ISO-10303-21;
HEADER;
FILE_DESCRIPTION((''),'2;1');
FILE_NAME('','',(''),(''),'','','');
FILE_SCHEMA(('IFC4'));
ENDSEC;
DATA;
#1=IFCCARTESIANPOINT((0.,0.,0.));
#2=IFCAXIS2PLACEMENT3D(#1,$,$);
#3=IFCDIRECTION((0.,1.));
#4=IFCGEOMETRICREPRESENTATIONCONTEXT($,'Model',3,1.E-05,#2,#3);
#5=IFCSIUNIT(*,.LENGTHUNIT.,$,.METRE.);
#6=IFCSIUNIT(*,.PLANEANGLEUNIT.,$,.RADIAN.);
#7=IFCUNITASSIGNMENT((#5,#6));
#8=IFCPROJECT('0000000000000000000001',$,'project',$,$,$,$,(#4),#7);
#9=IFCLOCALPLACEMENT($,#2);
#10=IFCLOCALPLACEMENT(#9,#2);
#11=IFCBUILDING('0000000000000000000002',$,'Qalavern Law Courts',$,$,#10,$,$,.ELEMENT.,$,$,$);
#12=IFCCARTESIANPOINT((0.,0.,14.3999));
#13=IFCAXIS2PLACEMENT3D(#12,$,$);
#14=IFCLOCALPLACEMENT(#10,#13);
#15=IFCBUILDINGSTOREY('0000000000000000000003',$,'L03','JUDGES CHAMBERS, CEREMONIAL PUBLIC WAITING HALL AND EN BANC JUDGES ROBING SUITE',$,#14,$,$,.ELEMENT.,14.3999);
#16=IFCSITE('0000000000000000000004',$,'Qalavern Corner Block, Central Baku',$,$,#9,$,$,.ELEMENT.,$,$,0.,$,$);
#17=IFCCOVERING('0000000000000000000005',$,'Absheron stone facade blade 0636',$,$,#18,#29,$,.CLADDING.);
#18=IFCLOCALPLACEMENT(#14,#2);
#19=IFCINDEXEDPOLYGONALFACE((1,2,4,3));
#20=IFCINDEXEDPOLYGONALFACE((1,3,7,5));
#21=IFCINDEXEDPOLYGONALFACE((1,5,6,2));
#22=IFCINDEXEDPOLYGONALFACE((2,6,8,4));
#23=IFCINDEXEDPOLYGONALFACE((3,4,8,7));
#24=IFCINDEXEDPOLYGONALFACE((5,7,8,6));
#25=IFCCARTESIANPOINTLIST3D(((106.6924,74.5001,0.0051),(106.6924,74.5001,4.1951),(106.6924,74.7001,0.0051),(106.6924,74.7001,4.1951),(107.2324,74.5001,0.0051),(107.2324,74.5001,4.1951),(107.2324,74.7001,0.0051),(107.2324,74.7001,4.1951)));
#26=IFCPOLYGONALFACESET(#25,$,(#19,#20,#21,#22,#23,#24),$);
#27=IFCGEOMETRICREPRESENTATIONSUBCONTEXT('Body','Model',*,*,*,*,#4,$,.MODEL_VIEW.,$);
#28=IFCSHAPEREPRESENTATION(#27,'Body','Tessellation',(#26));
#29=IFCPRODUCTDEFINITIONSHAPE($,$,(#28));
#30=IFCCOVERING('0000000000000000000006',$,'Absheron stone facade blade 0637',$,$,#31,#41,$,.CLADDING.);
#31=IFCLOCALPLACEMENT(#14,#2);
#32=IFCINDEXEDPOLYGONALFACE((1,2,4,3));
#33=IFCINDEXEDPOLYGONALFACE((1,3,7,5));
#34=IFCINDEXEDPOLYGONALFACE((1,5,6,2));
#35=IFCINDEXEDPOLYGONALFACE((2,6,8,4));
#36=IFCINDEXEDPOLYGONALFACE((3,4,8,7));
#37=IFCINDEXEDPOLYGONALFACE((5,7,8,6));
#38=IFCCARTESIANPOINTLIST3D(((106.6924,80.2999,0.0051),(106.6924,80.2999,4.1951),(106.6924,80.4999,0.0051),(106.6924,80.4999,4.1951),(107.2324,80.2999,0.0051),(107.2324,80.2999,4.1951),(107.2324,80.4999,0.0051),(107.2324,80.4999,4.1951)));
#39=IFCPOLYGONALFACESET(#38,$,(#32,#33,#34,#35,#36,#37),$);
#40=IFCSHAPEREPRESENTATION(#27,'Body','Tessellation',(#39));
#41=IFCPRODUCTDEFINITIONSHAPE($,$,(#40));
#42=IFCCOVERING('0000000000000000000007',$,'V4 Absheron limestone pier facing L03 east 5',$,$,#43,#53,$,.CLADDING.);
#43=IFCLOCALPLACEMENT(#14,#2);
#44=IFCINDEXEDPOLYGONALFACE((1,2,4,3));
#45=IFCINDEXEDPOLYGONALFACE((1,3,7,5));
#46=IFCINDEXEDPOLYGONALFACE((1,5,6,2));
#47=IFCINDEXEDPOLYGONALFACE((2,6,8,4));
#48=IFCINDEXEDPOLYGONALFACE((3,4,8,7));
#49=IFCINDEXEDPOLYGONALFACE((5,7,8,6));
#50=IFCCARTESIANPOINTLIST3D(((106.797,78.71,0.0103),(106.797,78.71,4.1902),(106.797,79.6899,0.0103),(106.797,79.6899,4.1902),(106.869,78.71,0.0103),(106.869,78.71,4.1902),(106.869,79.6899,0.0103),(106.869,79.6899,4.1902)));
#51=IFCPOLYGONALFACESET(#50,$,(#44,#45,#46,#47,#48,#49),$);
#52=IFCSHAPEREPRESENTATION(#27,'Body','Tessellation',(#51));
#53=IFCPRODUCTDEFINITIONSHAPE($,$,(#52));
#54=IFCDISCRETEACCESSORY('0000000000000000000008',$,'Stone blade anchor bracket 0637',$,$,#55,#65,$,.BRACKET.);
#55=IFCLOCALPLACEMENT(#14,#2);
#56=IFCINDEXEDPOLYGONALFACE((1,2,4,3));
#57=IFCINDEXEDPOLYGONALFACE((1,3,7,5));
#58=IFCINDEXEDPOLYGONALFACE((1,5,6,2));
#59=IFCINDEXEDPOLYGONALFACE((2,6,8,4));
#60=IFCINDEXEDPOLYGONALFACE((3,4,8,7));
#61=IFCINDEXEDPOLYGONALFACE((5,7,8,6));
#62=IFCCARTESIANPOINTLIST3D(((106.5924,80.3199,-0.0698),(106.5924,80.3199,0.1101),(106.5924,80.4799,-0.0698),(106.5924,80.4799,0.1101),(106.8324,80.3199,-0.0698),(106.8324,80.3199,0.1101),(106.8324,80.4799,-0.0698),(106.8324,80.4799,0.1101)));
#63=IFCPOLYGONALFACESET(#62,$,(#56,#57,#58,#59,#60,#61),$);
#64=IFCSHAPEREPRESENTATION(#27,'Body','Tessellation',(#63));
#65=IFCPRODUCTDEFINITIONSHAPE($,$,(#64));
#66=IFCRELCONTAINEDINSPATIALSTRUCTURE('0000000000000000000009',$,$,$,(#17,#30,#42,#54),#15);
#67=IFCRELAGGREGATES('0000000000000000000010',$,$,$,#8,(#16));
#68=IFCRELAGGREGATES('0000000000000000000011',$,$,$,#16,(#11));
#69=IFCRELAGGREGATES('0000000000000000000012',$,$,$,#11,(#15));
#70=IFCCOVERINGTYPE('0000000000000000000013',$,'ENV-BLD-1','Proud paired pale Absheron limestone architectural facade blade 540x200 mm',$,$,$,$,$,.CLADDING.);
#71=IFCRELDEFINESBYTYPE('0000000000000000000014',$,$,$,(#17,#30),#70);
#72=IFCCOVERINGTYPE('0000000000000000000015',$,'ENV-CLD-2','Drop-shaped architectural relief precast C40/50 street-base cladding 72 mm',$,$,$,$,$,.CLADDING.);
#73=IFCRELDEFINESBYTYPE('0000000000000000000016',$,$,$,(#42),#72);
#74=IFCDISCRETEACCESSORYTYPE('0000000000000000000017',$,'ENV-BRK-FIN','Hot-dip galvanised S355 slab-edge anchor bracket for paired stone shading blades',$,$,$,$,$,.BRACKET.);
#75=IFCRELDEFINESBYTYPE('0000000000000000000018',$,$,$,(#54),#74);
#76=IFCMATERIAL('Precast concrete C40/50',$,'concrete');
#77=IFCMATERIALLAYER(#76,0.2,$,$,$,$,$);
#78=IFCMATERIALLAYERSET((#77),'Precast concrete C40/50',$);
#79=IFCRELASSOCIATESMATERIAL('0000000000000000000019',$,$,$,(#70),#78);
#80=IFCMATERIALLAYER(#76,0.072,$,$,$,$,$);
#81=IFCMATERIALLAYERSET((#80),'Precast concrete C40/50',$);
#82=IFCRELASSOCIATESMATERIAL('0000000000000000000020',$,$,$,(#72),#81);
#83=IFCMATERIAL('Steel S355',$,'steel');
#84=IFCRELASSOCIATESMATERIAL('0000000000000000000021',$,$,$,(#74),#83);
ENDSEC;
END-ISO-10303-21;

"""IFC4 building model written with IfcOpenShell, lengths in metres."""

from ifc_helpers import new_model, si_unit, direction, frame, origin, origin_2d, place, context, subcontext, project, spatial, rectangle, extrude, material, layer, layer_set, type_object, element, save


model = new_model("IFC4")

# Units and contexts
model_context = context("Model", 3, precision=1e-05, world=origin(), true_north=direction((0.0, 1.0)))
body_context = subcontext(model_context, "Body", "Model", "MODEL_VIEW")
ifc_project = project(units=[si_unit("LENGTHUNIT", "METRE"), si_unit("PLANEANGLEUNIT", "RADIAN")], contexts=[model_context])

# Site, building, storey
site_placement = place(None, origin())
site = spatial("IfcSite", under=ifc_project, at=site_placement, Name="Qalavern Corner Block, Central Baku", CompositionType="ELEMENT", RefElevation=0.0)
building_placement = place(site_placement, origin())
building = spatial("IfcBuilding", under=site, at=building_placement, Name="Qalavern Law Courts", CompositionType="ELEMENT")
storey_placement = place(building_placement, frame((0.0, 0.0, 14.3999)))
storey = spatial("IfcBuildingStorey", under=building, at=storey_placement, Name="L03", Description="JUDGES CHAMBERS, CEREMONIAL PUBLIC WAITING HALL AND EN BANC JUDGES ROBING SUITE", CompositionType="ELEMENT", Elevation=14.3999)

# Shared definitions
ifc_material_1 = material(Name="Steel S355", Category="steel")

# Coverings
ifc_material_2 = material(Name="Precast concrete C40/50", Category="concrete")
ifc_layer_1 = layer(ifc_material_2, 0.2)
ifc_layer_set_1 = layer_set([ifc_layer_1], Name="Precast concrete C40/50")
covering_type_1 = type_object("IfcCoveringType", Name="ENV-BLD-1", Description="Proud paired pale Absheron limestone architectural facade blade 540x200 mm", PredefinedType="CLADDING", material=ifc_layer_set_1)
for number, where, z_axis, x_axis, name in (
    (1, (106.9624, 74.6001, 0.0051), (0.0, 0.0, 1.0), (1.0, 0.0, 0.0), "Absheron stone facade blade 0636"),
    (2, (106.9624, 80.3999, 0.0051), (0.0, 0.0, 1.0), (1.0, 0.0, 0.0), "Absheron stone facade blade 0637"),
):
    element("IfcCovering", number, at=place(storey_placement, frame(where, z_axis=z_axis, x_axis=x_axis)), inside=storey, type_object=covering_type_1, Name=name, PredefinedType="CLADDING", context=body_context, shape_type="SweptSolid", body=[
        extrude(rectangle(XDim=0.54, YDim=0.2, at=origin_2d()), origin(), (0.0, 0.0, 1.0), 4.1899),
    ])
ifc_layer_2 = layer(ifc_material_2, 0.072)
ifc_layer_set_2 = layer_set([ifc_layer_2], Name="Precast concrete C40/50")
covering_type_2 = type_object("IfcCoveringType", Name="ENV-CLD-2", Description="Drop-shaped architectural relief precast C40/50 street-base cladding 72 mm", PredefinedType="CLADDING", material=ifc_layer_set_2)
covering_placement = place(storey_placement, frame((106.833, 79.2, 0.0103), z_axis=(0.0, 0.0, 1.0), x_axis=(0.0, 1.0, 0.0)))
element("IfcCovering", 3, at=covering_placement, inside=storey, type_object=covering_type_2, Name="V4 Absheron limestone pier facing L03 east 5", PredefinedType="CLADDING", context=body_context, shape_type="SweptSolid", body=[
    extrude(rectangle(XDim=0.98, YDim=0.072, at=origin_2d()), origin(), (0.0, 0.0, 1.0), 4.1799),
])

# Discrete accessory
discrete_accessory_type = type_object("IfcDiscreteAccessoryType", Name="ENV-BRK-FIN", Description="Hot-dip galvanised S355 slab-edge anchor bracket for paired stone shading blades", PredefinedType="BRACKET", material=ifc_material_1)
discrete_accessory_placement = place(storey_placement, frame((106.7124, 80.3999, -0.0698), z_axis=(0.0, 0.0, 1.0), x_axis=(1.0, 0.0, 0.0)))
element("IfcDiscreteAccessory", 4, at=discrete_accessory_placement, inside=storey, type_object=discrete_accessory_type, Name="Stone blade anchor bracket 0637", PredefinedType="BRACKET", context=body_context, shape_type="SweptSolid", body=[
    extrude(rectangle(XDim=0.24, YDim=0.1599, at=origin_2d()), origin(), (0.0, 0.0, 1.0), 0.1799),
])

save(model, "model.ifc")
